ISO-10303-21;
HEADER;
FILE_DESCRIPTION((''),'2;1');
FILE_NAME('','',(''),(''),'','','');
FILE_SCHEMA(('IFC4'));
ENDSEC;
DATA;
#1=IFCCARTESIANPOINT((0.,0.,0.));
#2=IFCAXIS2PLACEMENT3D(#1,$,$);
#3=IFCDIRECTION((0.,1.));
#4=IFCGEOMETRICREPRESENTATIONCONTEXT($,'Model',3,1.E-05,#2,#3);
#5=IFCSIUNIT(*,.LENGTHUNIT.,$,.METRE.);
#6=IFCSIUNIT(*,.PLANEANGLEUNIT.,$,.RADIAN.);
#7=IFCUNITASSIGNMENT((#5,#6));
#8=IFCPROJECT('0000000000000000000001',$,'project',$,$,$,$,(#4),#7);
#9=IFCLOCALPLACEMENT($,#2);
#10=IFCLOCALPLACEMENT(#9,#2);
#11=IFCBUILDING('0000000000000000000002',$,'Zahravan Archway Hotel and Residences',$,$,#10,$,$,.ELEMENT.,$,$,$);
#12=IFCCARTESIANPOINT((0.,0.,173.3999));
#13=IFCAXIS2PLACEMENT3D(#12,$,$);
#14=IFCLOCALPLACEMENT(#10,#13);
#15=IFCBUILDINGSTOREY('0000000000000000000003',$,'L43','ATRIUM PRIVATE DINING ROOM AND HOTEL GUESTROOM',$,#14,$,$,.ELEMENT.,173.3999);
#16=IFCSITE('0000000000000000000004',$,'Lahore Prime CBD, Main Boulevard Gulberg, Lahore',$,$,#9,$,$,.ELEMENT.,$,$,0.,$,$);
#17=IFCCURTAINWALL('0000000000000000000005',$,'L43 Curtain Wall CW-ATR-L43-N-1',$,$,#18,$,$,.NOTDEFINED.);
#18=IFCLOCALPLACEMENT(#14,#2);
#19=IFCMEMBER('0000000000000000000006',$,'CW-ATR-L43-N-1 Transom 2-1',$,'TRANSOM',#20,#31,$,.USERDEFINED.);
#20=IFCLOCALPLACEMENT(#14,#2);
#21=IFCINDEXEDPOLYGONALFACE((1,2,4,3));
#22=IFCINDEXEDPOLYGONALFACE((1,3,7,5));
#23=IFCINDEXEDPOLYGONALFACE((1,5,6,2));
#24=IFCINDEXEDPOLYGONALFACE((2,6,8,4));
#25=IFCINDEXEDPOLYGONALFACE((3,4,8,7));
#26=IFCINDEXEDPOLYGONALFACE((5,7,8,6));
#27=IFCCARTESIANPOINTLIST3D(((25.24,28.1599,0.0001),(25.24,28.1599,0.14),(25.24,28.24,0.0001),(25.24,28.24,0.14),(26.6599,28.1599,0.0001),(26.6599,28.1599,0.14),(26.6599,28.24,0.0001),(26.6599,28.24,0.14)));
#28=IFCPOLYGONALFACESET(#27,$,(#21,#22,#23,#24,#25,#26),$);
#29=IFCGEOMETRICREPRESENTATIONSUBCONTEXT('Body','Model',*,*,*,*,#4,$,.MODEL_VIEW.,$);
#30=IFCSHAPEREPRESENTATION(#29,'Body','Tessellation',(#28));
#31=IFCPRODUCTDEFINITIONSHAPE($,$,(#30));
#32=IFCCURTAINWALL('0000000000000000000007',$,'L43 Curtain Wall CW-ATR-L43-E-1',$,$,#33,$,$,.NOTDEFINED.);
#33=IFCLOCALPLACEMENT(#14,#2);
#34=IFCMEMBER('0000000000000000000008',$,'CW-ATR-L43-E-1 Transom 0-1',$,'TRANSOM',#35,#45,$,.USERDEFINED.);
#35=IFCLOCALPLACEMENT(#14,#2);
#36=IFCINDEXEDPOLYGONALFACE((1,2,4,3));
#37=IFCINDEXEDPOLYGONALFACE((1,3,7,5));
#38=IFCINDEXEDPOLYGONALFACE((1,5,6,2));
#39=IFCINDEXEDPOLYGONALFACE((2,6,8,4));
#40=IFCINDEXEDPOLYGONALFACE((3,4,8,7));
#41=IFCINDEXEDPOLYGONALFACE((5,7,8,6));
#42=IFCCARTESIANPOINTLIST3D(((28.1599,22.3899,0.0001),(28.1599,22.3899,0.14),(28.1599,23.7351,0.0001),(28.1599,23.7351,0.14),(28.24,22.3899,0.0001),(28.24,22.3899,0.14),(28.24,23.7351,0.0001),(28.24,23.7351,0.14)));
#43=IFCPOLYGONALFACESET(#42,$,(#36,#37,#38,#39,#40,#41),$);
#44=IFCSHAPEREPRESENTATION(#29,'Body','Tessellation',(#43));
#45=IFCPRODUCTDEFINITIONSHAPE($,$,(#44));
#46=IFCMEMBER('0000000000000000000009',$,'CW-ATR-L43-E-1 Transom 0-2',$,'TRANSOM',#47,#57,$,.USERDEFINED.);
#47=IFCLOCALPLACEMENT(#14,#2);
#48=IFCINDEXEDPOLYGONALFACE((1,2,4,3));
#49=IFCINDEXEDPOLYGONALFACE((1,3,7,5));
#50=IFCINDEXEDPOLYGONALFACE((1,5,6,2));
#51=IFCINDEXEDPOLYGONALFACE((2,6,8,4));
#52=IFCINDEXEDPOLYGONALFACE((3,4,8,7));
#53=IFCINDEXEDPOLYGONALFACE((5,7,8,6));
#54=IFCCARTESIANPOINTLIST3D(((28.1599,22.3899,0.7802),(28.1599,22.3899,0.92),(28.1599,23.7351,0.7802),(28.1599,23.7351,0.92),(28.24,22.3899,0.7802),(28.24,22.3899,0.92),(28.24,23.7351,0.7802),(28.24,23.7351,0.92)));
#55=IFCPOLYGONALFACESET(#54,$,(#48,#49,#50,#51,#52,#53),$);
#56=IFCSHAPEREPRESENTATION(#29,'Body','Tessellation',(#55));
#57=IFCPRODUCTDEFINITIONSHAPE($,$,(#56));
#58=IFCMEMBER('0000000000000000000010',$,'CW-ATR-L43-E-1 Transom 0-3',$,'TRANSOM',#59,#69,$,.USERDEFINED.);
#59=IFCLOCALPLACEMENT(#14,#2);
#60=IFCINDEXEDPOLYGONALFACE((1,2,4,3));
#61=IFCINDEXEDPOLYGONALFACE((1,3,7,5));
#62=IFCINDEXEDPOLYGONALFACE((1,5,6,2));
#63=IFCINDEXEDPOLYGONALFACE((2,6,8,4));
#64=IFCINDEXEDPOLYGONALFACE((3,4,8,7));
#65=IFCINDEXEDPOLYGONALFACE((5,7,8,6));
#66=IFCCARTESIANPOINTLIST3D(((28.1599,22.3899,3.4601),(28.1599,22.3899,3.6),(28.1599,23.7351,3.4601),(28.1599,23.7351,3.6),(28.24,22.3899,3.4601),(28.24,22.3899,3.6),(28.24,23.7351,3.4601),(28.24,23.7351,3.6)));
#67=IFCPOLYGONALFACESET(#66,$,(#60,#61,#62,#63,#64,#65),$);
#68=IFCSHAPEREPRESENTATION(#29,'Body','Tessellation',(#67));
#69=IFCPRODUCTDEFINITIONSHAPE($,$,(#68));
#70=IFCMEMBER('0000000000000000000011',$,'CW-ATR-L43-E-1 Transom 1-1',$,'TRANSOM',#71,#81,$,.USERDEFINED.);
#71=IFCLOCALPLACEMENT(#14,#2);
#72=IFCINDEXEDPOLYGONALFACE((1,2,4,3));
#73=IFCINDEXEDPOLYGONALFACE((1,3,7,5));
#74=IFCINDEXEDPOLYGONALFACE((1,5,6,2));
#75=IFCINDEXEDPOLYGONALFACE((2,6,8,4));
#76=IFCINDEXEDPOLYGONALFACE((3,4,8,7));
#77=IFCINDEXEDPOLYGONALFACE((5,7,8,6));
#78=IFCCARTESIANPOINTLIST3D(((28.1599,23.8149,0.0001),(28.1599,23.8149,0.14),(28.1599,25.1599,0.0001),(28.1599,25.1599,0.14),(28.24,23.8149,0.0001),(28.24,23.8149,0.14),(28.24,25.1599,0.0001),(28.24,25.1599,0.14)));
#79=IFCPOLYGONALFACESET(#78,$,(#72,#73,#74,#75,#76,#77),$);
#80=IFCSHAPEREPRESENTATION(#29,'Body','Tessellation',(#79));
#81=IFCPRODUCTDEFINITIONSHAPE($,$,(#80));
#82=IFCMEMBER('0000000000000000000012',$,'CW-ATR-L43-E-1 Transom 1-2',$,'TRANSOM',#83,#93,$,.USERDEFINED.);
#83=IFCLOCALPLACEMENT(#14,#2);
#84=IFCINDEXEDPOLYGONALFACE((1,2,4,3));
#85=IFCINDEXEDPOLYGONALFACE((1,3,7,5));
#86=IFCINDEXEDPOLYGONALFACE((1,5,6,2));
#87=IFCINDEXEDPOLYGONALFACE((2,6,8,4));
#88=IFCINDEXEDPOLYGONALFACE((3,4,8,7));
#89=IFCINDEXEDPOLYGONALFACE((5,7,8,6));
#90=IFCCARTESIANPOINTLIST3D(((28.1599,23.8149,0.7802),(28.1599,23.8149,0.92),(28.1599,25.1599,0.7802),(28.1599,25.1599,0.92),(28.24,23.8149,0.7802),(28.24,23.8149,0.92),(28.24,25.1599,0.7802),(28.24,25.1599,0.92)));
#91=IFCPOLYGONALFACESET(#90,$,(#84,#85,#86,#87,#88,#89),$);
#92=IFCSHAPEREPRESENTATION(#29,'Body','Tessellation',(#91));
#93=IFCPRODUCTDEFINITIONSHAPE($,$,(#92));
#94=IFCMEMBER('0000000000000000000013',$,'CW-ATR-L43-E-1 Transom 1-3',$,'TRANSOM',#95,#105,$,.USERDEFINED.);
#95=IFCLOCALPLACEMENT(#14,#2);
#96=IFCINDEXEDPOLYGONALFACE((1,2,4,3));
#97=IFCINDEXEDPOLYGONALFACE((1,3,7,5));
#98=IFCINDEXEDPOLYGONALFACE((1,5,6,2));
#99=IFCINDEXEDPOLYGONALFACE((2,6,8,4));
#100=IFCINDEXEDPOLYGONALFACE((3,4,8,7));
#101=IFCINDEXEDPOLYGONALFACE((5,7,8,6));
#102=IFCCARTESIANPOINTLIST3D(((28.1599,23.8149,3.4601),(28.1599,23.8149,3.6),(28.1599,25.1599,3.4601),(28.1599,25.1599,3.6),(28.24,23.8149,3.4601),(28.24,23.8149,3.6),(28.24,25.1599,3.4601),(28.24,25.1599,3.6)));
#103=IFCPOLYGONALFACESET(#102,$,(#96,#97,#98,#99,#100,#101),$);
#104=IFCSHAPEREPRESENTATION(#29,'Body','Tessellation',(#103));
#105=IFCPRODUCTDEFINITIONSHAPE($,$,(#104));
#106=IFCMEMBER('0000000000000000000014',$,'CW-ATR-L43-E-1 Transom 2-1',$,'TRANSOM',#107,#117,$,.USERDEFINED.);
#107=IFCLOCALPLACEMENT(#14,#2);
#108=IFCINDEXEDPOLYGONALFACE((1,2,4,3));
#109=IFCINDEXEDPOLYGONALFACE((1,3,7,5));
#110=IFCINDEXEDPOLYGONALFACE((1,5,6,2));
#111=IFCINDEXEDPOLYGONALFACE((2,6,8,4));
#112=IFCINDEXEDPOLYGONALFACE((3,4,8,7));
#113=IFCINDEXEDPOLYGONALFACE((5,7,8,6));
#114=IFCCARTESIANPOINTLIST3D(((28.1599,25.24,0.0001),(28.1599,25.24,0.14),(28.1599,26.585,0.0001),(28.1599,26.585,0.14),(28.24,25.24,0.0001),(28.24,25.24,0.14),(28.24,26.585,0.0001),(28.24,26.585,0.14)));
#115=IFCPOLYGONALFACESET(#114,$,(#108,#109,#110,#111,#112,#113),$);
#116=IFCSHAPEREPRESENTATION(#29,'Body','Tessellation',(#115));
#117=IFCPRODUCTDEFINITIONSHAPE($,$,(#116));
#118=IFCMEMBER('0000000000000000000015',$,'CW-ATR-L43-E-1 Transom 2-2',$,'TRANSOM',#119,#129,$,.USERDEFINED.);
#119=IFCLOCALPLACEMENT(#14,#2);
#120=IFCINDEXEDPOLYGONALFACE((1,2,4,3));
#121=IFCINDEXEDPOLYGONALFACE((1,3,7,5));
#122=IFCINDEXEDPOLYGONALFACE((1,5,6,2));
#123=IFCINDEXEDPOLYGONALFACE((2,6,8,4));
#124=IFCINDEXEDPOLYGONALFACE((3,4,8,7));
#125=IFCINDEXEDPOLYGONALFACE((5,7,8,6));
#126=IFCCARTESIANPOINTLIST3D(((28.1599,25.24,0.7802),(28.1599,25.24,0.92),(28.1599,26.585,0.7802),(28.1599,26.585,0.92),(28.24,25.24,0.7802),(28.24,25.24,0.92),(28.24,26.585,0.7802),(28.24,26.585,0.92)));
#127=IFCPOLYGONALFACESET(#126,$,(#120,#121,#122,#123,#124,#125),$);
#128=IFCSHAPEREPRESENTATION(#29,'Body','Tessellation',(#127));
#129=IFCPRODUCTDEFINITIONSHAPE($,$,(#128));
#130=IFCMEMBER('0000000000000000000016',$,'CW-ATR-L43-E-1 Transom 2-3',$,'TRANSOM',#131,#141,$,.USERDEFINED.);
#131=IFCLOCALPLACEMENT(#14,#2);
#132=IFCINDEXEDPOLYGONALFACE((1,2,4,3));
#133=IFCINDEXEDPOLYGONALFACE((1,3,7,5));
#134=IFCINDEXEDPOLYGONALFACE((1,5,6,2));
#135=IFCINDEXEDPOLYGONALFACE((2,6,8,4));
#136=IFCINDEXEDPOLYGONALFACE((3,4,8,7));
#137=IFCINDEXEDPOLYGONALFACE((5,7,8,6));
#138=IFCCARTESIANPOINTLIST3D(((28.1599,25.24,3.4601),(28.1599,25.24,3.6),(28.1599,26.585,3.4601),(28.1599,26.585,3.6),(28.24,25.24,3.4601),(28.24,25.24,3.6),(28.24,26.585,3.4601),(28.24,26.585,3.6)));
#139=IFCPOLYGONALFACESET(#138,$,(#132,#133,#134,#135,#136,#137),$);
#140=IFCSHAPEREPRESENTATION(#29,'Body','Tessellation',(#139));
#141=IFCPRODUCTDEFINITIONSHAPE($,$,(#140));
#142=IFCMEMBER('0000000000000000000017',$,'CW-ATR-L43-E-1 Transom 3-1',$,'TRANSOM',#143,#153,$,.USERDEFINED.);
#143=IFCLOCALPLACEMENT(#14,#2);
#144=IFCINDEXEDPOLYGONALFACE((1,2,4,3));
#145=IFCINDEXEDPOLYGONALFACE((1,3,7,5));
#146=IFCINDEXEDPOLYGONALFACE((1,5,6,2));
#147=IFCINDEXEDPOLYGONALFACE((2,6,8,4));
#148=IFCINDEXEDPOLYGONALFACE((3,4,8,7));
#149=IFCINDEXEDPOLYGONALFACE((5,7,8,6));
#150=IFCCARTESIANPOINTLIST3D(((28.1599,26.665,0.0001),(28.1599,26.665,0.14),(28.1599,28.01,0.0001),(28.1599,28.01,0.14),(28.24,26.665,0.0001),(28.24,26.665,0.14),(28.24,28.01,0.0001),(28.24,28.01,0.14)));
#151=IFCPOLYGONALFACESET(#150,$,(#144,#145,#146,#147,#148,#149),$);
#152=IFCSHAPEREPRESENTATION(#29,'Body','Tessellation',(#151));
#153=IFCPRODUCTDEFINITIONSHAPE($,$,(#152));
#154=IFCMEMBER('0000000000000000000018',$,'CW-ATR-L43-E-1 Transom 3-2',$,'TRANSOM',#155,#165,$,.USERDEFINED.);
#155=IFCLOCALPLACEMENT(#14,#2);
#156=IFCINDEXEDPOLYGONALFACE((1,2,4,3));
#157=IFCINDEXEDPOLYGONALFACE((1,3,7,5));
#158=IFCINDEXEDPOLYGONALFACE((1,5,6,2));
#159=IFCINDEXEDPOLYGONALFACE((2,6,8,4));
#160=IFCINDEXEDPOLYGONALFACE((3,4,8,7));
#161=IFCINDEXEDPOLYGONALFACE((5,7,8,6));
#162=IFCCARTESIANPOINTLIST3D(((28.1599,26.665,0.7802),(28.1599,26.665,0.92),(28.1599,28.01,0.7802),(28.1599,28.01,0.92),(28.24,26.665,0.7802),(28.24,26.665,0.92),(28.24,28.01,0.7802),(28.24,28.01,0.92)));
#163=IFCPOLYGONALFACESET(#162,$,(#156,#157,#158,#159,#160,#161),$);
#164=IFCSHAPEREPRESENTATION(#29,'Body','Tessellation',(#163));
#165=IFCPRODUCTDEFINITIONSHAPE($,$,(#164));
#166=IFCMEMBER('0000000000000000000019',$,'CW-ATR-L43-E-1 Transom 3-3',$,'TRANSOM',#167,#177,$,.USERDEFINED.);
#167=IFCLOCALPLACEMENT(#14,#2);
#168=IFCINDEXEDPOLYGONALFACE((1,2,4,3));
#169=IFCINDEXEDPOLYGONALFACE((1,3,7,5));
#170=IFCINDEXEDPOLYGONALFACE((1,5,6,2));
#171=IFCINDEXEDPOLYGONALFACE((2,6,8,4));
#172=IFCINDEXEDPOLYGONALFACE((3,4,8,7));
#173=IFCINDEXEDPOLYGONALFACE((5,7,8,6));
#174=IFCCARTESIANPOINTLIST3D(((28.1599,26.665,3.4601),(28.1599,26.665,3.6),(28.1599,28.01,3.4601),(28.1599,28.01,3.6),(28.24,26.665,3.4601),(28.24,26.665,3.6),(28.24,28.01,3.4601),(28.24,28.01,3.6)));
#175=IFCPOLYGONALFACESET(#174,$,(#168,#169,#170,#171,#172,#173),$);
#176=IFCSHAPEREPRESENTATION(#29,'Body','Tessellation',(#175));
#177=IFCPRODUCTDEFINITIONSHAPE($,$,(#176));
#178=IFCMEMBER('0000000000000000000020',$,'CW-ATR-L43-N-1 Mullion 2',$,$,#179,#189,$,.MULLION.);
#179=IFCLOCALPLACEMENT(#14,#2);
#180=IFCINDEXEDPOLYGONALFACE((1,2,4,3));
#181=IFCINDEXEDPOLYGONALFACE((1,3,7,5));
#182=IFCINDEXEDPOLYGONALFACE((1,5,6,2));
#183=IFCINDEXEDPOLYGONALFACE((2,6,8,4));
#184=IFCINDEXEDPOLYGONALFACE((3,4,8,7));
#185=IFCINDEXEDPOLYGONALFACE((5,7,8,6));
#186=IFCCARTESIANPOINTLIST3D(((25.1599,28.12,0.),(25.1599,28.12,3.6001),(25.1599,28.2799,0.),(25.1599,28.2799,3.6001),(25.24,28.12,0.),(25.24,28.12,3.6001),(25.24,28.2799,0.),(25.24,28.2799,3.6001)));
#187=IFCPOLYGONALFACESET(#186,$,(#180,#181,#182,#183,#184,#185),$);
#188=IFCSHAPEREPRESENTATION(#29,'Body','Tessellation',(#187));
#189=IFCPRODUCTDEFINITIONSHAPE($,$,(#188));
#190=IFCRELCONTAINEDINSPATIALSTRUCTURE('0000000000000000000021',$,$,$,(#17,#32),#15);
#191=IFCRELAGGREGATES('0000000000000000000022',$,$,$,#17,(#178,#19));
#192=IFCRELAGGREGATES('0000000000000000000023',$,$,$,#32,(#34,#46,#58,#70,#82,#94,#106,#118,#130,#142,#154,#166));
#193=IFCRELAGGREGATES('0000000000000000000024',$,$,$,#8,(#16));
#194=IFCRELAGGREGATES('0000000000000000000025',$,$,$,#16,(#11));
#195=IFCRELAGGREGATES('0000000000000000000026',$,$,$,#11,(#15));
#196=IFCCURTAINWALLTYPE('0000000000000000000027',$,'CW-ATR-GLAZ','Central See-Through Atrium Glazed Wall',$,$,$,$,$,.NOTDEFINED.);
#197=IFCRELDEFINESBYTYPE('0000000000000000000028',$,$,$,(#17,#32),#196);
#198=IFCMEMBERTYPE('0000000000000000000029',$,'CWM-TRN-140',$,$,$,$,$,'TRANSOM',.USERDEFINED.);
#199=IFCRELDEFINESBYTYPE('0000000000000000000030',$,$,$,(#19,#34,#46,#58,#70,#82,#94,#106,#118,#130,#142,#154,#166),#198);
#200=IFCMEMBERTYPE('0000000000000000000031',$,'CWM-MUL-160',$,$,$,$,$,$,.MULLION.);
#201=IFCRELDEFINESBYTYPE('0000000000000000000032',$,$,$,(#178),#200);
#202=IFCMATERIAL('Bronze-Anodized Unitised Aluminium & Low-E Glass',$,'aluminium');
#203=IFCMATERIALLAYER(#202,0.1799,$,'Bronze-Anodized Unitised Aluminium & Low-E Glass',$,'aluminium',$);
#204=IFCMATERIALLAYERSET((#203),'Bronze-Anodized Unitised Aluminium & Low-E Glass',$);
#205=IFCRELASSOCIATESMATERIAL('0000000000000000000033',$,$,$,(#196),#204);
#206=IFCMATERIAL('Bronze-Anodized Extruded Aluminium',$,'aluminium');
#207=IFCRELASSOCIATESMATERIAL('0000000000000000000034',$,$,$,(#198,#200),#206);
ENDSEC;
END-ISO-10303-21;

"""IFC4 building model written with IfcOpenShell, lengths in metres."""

from ifc_helpers import new_model, si_unit, direction, frame, origin, origin_2d, place, context, subcontext, project, spatial, rectangle, extrude, source, transform, mapped, material, layer, layer_set, material_profile, profile_set, type_object, element, aggregate, save


model = new_model("IFC4")

# Units and contexts
model_context = context("Model", 3, precision=1e-05, world=origin(), true_north=direction((0.0, 1.0)))
body_context = subcontext(model_context, "Body", "Model", "MODEL_VIEW")
ifc_project = project(units=[si_unit("LENGTHUNIT", "METRE"), si_unit("PLANEANGLEUNIT", "RADIAN")], contexts=[model_context])

# Site, building, storey
site_placement = place(None, origin())
site = spatial("IfcSite", under=ifc_project, at=site_placement, Name="Lahore Prime CBD, Main Boulevard Gulberg, Lahore", CompositionType="ELEMENT", RefElevation=0.0)
building_placement = place(site_placement, origin())
building = spatial("IfcBuilding", under=site, at=building_placement, Name="Zahravan Archway Hotel and Residences", CompositionType="ELEMENT")
storey_placement = place(building_placement, frame((0.0, 0.0, 173.3999)))
storey = spatial("IfcBuildingStorey", under=building, at=storey_placement, Name="L43", Description="ATRIUM PRIVATE DINING ROOM AND HOTEL GUESTROOM", CompositionType="ELEMENT", Elevation=173.3999)

# Curtain wall, member
ifc_material_1 = material(Name="Bronze-Anodized Unitised Aluminium & Low-E Glass", Category="aluminium")
ifc_layer_1 = layer(ifc_material_1, 0.1799, Name="Bronze-Anodized Unitised Aluminium & Low-E Glass", Category="aluminium")
ifc_layer_set_1 = layer_set([ifc_layer_1], Name="Bronze-Anodized Unitised Aluminium & Low-E Glass")
curtain_wall_type = type_object("IfcCurtainWallType", Name="CW-ATR-GLAZ", Description="Central See-Through Atrium Glazed Wall", PredefinedType="NOTDEFINED", material=ifc_layer_set_1)
curtain_wall_1_placement = place(storey_placement, origin())
curtain_wall_1 = element("IfcCurtainWall", 1, at=curtain_wall_1_placement, inside=storey, type_object=curtain_wall_type, Name="L43 Curtain Wall CW-ATR-L43-N-1", PredefinedType="NOTDEFINED")
ifc_material_2 = material(Name="Bronze-Anodized Extruded Aluminium", Category="aluminium")
ifc_material_profile_1 = material_profile(ifc_material_2, rectangle(XDim=0.0801, YDim=0.1399, at=origin_2d()), Name="TRN 80x140", Category="aluminium")
ifc_profile_set_1 = profile_set([ifc_material_profile_1], Name="Bronze-Anodized Extruded Aluminium")
member_type_1 = type_object("IfcMemberType", Name="CWM-TRN-140", ElementType="TRANSOM", PredefinedType="USERDEFINED", material=ifc_profile_set_1)
shared_shape_1 = source(origin(), body_context, "Body", "SweptSolid", [
    extrude(rectangle(XDim=0.0801, YDim=0.1399, at=origin_2d()), origin(), (0.0, 0.0, 1.0), 1.4199),
])
member_1_placement = place(storey_placement, frame((25.24, 28.2, 0.0701), z_axis=(1.0, 0.0, 0.0), x_axis=(0.0, 1.0, 0.0)))
member_1 = element("IfcMember", 2, at=member_1_placement, type_object=member_type_1, Name="CW-ATR-L43-N-1 Transom 2-1", ObjectType="TRANSOM", PredefinedType="USERDEFINED", context=body_context, shape_type="MappedRepresentation", body=[
    mapped(shared_shape_1, transform((0.0, 0.0, 0.0), scale=1.0)),
])

# Curtain wall, members
curtain_wall_2_placement = place(storey_placement, origin())
curtain_wall_2 = element("IfcCurtainWall", 3, at=curtain_wall_2_placement, inside=storey, type_object=curtain_wall_type, Name="L43 Curtain Wall CW-ATR-L43-E-1", PredefinedType="NOTDEFINED")
shared_shape_2 = source(origin(), body_context, "Body", "SweptSolid", [
    extrude(rectangle(XDim=0.0801, YDim=0.1399, at=origin_2d()), origin(), (0.0, 0.0, 1.0), 1.3452),
])
member_2_placement = place(storey_placement, frame((28.2, 22.3899, 0.0701), z_axis=(0.0, 1.0, 0.0), x_axis=(-1.0, 0.0, 0.0)))
member_2 = element("IfcMember", 4, at=member_2_placement, type_object=member_type_1, Name="CW-ATR-L43-E-1 Transom 0-1", ObjectType="TRANSOM", PredefinedType="USERDEFINED", context=body_context, shape_type="MappedRepresentation", body=[
    mapped(shared_shape_2, transform((0.0, 0.0, 0.0), scale=1.0)),
])
member_3_placement = place(storey_placement, frame((28.2, 22.3899, 0.8501), z_axis=(0.0, 1.0, 0.0), x_axis=(-1.0, 0.0, 0.0)))
member_3 = element("IfcMember", 5, at=member_3_placement, type_object=member_type_1, Name="CW-ATR-L43-E-1 Transom 0-2", ObjectType="TRANSOM", PredefinedType="USERDEFINED", context=body_context, shape_type="MappedRepresentation", body=[
    mapped(shared_shape_2, transform((0.0, 0.0, 0.0), scale=1.0)),
])
member_4_placement = place(storey_placement, frame((28.2, 22.3899, 3.53), z_axis=(0.0, 1.0, 0.0), x_axis=(-1.0, 0.0, 0.0)))
member_4 = element("IfcMember", 6, at=member_4_placement, type_object=member_type_1, Name="CW-ATR-L43-E-1 Transom 0-3", ObjectType="TRANSOM", PredefinedType="USERDEFINED", context=body_context, shape_type="MappedRepresentation", body=[
    mapped(shared_shape_2, transform((0.0, 0.0, 0.0), scale=1.0)),
])
shared_shape_3 = source(origin(), body_context, "Body", "SweptSolid", [
    extrude(rectangle(XDim=0.0801, YDim=0.1399, at=origin_2d()), origin(), (0.0, 0.0, 1.0), 1.345),
])
member_5_placement = place(storey_placement, frame((28.2, 23.8149, 0.0701), z_axis=(0.0, 1.0, 0.0), x_axis=(-1.0, 0.0, 0.0)))
member_5 = element("IfcMember", 7, at=member_5_placement, type_object=member_type_1, Name="CW-ATR-L43-E-1 Transom 1-1", ObjectType="TRANSOM", PredefinedType="USERDEFINED", context=body_context, shape_type="MappedRepresentation", body=[
    mapped(shared_shape_3, transform((0.0, 0.0, 0.0), scale=1.0)),
])
member_6_placement = place(storey_placement, frame((28.2, 23.8149, 0.8501), z_axis=(0.0, 1.0, 0.0), x_axis=(-1.0, 0.0, 0.0)))
member_6 = element("IfcMember", 8, at=member_6_placement, type_object=member_type_1, Name="CW-ATR-L43-E-1 Transom 1-2", ObjectType="TRANSOM", PredefinedType="USERDEFINED", context=body_context, shape_type="MappedRepresentation", body=[
    mapped(shared_shape_3, transform((0.0, 0.0, 0.0), scale=1.0)),
])
member_7_placement = place(storey_placement, frame((28.2, 23.8149, 3.53), z_axis=(0.0, 1.0, 0.0), x_axis=(-1.0, 0.0, 0.0)))
member_7 = element("IfcMember", 9, at=member_7_placement, type_object=member_type_1, Name="CW-ATR-L43-E-1 Transom 1-3", ObjectType="TRANSOM", PredefinedType="USERDEFINED", context=body_context, shape_type="MappedRepresentation", body=[
    mapped(shared_shape_3, transform((0.0, 0.0, 0.0), scale=1.0)),
])
member_8_placement = place(storey_placement, frame((28.2, 25.24, 0.0701), z_axis=(0.0, 1.0, 0.0), x_axis=(-1.0, 0.0, 0.0)))
member_8 = element("IfcMember", 10, at=member_8_placement, type_object=member_type_1, Name="CW-ATR-L43-E-1 Transom 2-1", ObjectType="TRANSOM", PredefinedType="USERDEFINED", context=body_context, shape_type="MappedRepresentation", body=[
    mapped(shared_shape_3, transform((0.0, 0.0, 0.0), scale=1.0)),
])
member_9_placement = place(storey_placement, frame((28.2, 25.24, 0.8501), z_axis=(0.0, 1.0, 0.0), x_axis=(-1.0, 0.0, 0.0)))
member_9 = element("IfcMember", 11, at=member_9_placement, type_object=member_type_1, Name="CW-ATR-L43-E-1 Transom 2-2", ObjectType="TRANSOM", PredefinedType="USERDEFINED", context=body_context, shape_type="MappedRepresentation", body=[
    mapped(shared_shape_3, transform((0.0, 0.0, 0.0), scale=1.0)),
])
member_10_placement = place(storey_placement, frame((28.2, 25.24, 3.53), z_axis=(0.0, 1.0, 0.0), x_axis=(-1.0, 0.0, 0.0)))
member_10 = element("IfcMember", 12, at=member_10_placement, type_object=member_type_1, Name="CW-ATR-L43-E-1 Transom 2-3", ObjectType="TRANSOM", PredefinedType="USERDEFINED", context=body_context, shape_type="MappedRepresentation", body=[
    mapped(shared_shape_3, transform((0.0, 0.0, 0.0), scale=1.0)),
])
member_11_placement = place(storey_placement, frame((28.2, 26.665, 0.0701), z_axis=(0.0, 1.0, 0.0), x_axis=(-1.0, 0.0, 0.0)))
member_11 = element("IfcMember", 13, at=member_11_placement, type_object=member_type_1, Name="CW-ATR-L43-E-1 Transom 3-1", ObjectType="TRANSOM", PredefinedType="USERDEFINED", context=body_context, shape_type="MappedRepresentation", body=[
    mapped(shared_shape_3, transform((0.0, 0.0, 0.0), scale=1.0)),
])
member_12_placement = place(storey_placement, frame((28.2, 26.665, 0.8501), z_axis=(0.0, 1.0, 0.0), x_axis=(-1.0, 0.0, 0.0)))
member_12 = element("IfcMember", 14, at=member_12_placement, type_object=member_type_1, Name="CW-ATR-L43-E-1 Transom 3-2", ObjectType="TRANSOM", PredefinedType="USERDEFINED", context=body_context, shape_type="MappedRepresentation", body=[
    mapped(shared_shape_3, transform((0.0, 0.0, 0.0), scale=1.0)),
])
member_13_placement = place(storey_placement, frame((28.2, 26.665, 3.53), z_axis=(0.0, 1.0, 0.0), x_axis=(-1.0, 0.0, 0.0)))
member_13 = element("IfcMember", 15, at=member_13_placement, type_object=member_type_1, Name="CW-ATR-L43-E-1 Transom 3-3", ObjectType="TRANSOM", PredefinedType="USERDEFINED", context=body_context, shape_type="MappedRepresentation", body=[
    mapped(shared_shape_3, transform((0.0, 0.0, 0.0), scale=1.0)),
])

# Member
ifc_material_profile_2 = material_profile(ifc_material_2, rectangle(XDim=0.0801, YDim=0.1599, at=origin_2d()), Name="MUL 80x160", Category="aluminium")
ifc_profile_set_2 = profile_set([ifc_material_profile_2], Name="Bronze-Anodized Extruded Aluminium")
member_type_2 = type_object("IfcMemberType", Name="CWM-MUL-160", PredefinedType="MULLION", material=ifc_profile_set_2)
shared_shape_4 = source(origin(), body_context, "Body", "SweptSolid", [
    extrude(rectangle(XDim=0.0801, YDim=0.1599, at=origin_2d()), origin(), (0.0, 0.0, 1.0), 3.6001),
])
member_14_placement = place(storey_placement, frame((25.2, 28.2, 0.0), z_axis=(0.0, 0.0, 1.0), x_axis=(1.0, 0.0, 0.0)))
member_14 = element("IfcMember", 16, at=member_14_placement, type_object=member_type_2, Name="CW-ATR-L43-N-1 Mullion 2", PredefinedType="MULLION", context=body_context, shape_type="MappedRepresentation", body=[
    mapped(shared_shape_4, transform((0.0, 0.0, 0.0), scale=1.0)),
])

aggregate(curtain_wall_1, [member_14, member_1])
aggregate(curtain_wall_2, [member_2, member_3, member_4, member_5, member_6, member_7, member_8, member_9, member_10, member_11, member_12, member_13])

save(model, "model.ifc")
